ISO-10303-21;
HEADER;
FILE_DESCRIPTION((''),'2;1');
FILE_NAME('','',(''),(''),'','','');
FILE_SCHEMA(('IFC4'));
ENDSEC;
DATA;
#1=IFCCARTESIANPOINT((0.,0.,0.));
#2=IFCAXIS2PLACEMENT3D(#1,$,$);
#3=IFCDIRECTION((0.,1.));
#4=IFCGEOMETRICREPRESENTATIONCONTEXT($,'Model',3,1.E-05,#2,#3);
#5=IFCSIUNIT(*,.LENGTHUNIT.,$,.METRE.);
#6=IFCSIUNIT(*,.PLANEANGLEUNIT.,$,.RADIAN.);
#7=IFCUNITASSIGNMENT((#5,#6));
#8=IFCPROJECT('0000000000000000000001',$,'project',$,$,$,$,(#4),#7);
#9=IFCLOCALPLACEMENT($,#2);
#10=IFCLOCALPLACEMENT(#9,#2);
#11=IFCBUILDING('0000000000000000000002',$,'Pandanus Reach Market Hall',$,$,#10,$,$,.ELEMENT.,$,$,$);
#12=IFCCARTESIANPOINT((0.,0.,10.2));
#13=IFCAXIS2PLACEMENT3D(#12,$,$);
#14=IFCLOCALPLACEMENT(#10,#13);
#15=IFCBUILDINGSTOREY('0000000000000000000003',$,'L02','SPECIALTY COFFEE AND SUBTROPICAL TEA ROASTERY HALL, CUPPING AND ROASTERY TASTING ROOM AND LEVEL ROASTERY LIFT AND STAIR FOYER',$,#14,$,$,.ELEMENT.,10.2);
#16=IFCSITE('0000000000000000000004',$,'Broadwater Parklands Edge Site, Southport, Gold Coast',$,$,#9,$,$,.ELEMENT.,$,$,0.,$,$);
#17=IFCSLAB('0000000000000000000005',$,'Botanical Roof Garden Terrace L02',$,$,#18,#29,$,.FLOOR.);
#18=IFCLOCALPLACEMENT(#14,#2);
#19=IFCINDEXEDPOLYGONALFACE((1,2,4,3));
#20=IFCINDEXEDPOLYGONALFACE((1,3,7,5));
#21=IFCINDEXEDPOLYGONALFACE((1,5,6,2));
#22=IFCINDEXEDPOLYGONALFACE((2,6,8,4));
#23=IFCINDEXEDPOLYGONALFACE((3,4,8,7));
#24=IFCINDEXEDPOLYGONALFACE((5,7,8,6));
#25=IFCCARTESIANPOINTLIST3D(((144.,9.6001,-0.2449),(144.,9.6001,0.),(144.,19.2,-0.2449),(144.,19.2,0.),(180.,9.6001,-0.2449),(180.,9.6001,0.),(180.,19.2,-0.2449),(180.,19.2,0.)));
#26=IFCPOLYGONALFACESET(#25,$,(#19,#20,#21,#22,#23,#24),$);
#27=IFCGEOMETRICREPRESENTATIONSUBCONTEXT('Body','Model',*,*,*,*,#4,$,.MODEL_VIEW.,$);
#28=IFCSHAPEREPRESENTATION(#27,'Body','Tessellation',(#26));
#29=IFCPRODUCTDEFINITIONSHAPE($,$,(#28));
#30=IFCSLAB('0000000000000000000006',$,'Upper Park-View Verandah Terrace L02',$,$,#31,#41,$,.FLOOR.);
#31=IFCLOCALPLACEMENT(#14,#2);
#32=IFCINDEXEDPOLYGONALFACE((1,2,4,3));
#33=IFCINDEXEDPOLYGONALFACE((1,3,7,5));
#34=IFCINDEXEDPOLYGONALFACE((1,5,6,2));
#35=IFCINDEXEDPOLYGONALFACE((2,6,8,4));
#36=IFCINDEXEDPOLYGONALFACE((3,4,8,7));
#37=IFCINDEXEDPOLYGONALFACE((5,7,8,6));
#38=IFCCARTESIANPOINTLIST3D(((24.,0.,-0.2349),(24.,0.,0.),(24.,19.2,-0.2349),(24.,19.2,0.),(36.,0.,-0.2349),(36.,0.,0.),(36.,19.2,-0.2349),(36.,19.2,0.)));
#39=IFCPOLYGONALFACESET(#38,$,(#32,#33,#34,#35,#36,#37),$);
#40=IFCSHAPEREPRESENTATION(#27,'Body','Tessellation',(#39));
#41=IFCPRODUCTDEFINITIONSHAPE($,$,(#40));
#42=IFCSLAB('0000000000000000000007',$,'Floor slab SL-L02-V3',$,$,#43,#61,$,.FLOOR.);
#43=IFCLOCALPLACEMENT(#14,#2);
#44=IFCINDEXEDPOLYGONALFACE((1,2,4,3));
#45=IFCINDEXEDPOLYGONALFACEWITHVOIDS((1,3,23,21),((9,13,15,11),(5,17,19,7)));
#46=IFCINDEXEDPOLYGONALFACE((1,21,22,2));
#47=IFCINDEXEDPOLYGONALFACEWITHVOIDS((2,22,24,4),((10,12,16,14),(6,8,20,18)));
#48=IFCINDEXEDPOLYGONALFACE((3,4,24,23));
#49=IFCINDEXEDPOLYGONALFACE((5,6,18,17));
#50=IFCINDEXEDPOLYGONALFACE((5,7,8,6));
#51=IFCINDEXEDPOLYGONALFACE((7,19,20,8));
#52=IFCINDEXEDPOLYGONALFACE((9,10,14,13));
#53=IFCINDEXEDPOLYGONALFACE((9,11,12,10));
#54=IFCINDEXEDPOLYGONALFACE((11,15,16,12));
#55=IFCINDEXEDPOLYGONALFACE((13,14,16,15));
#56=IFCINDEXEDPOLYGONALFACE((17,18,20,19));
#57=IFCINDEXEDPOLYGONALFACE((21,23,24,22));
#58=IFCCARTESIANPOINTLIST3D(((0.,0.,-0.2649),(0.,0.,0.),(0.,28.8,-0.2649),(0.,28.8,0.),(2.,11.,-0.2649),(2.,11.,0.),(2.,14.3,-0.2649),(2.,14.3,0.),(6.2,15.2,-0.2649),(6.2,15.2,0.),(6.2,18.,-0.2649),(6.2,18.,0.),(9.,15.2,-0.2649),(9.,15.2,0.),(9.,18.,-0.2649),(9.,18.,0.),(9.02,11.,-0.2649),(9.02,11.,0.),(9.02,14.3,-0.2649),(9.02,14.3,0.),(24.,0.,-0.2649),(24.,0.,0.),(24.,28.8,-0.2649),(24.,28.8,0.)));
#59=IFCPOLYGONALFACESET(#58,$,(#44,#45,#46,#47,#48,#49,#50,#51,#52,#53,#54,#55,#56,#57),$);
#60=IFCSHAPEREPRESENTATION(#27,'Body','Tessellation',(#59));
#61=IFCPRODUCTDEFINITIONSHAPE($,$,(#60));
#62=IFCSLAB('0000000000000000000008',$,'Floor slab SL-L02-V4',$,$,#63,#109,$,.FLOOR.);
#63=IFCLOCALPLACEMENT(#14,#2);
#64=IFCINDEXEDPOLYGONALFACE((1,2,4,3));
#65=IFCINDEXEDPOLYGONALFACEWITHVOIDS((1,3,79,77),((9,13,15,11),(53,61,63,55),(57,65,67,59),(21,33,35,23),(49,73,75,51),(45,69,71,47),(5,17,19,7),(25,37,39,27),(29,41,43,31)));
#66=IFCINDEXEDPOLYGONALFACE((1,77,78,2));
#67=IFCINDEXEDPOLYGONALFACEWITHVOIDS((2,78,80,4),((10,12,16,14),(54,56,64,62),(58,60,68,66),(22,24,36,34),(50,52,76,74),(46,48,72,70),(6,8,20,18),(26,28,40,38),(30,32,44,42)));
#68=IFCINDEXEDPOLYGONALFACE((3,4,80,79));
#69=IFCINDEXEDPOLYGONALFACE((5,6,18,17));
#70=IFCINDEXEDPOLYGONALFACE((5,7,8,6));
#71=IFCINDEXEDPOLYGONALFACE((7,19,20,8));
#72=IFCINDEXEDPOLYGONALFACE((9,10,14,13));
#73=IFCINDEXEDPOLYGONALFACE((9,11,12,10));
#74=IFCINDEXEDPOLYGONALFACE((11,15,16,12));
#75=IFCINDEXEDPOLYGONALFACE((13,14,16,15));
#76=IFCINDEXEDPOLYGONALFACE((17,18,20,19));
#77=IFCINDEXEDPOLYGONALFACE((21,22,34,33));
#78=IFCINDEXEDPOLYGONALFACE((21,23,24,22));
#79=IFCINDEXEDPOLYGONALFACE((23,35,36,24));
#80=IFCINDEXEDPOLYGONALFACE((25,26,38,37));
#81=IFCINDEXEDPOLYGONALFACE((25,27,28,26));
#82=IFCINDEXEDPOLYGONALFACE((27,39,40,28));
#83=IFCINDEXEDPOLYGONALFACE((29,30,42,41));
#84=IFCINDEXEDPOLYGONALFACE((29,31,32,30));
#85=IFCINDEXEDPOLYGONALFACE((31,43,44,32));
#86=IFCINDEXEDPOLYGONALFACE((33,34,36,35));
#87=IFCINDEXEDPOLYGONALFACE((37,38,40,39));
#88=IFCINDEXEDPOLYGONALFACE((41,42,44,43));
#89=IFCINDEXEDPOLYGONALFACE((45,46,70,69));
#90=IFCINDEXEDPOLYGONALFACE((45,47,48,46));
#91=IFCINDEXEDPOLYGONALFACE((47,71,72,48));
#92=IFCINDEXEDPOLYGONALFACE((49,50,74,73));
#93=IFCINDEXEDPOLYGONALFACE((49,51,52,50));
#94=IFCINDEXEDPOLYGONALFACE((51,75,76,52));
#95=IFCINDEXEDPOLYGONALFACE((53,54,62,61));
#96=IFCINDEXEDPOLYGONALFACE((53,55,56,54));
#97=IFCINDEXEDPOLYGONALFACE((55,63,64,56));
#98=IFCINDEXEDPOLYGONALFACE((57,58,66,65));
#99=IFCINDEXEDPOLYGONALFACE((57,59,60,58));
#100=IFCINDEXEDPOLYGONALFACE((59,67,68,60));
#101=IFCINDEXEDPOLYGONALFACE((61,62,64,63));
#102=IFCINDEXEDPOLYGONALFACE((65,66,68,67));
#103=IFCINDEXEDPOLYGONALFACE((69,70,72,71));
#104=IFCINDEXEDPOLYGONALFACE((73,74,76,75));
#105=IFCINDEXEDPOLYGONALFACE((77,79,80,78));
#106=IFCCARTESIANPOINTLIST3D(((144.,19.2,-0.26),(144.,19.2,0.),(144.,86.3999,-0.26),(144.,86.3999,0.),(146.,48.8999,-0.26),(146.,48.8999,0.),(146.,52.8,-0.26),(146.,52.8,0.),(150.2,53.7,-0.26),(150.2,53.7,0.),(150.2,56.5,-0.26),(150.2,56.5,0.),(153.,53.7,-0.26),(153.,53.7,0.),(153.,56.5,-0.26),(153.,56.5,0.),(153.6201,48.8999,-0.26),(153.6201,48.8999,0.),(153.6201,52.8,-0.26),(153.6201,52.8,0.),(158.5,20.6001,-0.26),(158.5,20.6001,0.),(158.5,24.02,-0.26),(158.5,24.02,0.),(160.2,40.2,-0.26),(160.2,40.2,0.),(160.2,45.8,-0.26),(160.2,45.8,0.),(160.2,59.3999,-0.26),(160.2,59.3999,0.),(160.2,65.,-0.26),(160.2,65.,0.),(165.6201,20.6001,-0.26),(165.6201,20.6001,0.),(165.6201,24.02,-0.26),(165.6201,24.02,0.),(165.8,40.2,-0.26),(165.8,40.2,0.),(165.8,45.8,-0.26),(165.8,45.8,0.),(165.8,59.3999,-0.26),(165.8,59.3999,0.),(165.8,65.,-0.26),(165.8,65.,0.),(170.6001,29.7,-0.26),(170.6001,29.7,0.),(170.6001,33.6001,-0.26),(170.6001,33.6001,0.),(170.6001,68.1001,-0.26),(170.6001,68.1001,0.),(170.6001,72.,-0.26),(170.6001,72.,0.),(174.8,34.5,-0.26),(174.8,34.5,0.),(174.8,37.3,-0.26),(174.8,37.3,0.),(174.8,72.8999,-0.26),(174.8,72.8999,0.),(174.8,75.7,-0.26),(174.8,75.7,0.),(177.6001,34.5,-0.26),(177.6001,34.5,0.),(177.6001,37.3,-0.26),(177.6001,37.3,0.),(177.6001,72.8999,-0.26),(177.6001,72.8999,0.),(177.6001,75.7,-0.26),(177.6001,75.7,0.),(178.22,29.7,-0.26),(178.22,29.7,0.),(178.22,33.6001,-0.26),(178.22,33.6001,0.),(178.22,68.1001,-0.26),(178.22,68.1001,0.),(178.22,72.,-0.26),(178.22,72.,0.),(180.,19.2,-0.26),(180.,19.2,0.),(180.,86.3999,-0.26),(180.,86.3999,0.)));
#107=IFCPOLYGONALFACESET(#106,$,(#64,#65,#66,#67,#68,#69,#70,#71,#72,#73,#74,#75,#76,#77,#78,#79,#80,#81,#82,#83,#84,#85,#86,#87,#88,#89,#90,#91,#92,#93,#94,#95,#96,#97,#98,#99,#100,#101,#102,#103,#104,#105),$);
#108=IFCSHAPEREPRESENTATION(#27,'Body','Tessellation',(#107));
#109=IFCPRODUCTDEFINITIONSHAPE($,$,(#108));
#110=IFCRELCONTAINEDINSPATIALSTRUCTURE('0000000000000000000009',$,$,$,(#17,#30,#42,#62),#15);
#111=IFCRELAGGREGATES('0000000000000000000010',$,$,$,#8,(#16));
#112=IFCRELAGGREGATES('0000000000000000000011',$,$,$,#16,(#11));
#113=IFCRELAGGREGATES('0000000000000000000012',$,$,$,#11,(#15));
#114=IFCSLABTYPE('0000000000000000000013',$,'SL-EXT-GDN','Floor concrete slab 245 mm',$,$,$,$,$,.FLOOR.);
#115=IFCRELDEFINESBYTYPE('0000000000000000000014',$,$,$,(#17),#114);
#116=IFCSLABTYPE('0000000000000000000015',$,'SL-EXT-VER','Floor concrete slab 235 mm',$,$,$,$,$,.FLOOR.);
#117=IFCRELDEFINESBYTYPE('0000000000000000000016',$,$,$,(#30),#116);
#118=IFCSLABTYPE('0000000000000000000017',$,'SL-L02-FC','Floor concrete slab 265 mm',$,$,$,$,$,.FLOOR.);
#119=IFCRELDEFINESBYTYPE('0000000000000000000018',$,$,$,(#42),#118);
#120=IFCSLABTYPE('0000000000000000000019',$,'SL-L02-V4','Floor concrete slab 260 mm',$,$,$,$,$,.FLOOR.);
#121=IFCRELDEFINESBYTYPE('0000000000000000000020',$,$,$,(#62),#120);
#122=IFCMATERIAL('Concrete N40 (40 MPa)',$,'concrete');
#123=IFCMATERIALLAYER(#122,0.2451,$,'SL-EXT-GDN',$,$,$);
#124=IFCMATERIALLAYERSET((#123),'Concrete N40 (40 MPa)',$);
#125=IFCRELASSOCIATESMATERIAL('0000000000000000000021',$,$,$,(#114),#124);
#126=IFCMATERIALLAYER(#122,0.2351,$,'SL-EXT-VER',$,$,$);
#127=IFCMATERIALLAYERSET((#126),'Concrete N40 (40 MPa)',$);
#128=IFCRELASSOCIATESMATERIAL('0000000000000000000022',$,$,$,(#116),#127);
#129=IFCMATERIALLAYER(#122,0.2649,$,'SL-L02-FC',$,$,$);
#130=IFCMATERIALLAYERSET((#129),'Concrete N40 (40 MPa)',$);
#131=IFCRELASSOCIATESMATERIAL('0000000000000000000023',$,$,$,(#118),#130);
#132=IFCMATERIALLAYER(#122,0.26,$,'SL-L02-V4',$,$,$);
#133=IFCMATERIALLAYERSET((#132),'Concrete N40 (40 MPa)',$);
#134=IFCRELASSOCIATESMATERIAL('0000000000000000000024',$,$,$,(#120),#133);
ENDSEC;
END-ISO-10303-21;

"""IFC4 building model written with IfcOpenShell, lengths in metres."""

from ifc_helpers import new_model, si_unit, direction, frame, origin, place, context, subcontext, project, spatial, polyline, outline, extrude, material, layer, layer_set, type_object, element, save


model = new_model("IFC4")

# Units and contexts
model_context = context("Model", 3, precision=1e-05, world=origin(), true_north=direction((0.0, 1.0)))
body_context = subcontext(model_context, "Body", "Model", "MODEL_VIEW")
ifc_project = project(units=[si_unit("LENGTHUNIT", "METRE"), si_unit("PLANEANGLEUNIT", "RADIAN")], contexts=[model_context])

# Site, building, storey
site_placement = place(None, origin())
site = spatial("IfcSite", under=ifc_project, at=site_placement, Name="Broadwater Parklands Edge Site, Southport, Gold Coast", CompositionType="ELEMENT", RefElevation=0.0)
building_placement = place(site_placement, origin())
building = spatial("IfcBuilding", under=site, at=building_placement, Name="Pandanus Reach Market Hall", CompositionType="ELEMENT")
storey_placement = place(building_placement, frame((0.0, 0.0, 10.2)))
storey = spatial("IfcBuildingStorey", under=building, at=storey_placement, Name="L02", Description="SPECIALTY COFFEE AND SUBTROPICAL TEA ROASTERY HALL, CUPPING AND ROASTERY TASTING ROOM AND LEVEL ROASTERY LIFT AND STAIR FOYER", CompositionType="ELEMENT", Elevation=10.2)

# Shared definitions
ifc_material_1 = material(Name="Concrete N40 (40 MPa)", Category="concrete")

# Slabs
ifc_layer_1 = layer(ifc_material_1, 0.2451, Name="SL-EXT-GDN")
ifc_layer_set_1 = layer_set([ifc_layer_1], Name="Concrete N40 (40 MPa)")
slab_type_1 = type_object("IfcSlabType", Name="SL-EXT-GDN", Description="Floor concrete slab 245 mm", PredefinedType="FLOOR", material=ifc_layer_set_1)
slab_1_placement = place(storey_placement, frame((0.0, 0.0, -0.2449)))
element("IfcSlab", 1, at=slab_1_placement, inside=storey, type_object=slab_type_1, Name="Botanical Roof Garden Terrace L02", PredefinedType="FLOOR", context=body_context, shape_type="SweptSolid", body=[
    extrude(outline(polyline([(144.0, 9.6001), (180.0, 9.6001), (180.0, 19.2), (144.0, 19.2), (144.0, 9.6001)])), origin(), (0.0, 0.0, 1.0), 0.2449),
])
ifc_layer_2 = layer(ifc_material_1, 0.2351, Name="SL-EXT-VER")
ifc_layer_set_2 = layer_set([ifc_layer_2], Name="Concrete N40 (40 MPa)")
slab_type_2 = type_object("IfcSlabType", Name="SL-EXT-VER", Description="Floor concrete slab 235 mm", PredefinedType="FLOOR", material=ifc_layer_set_2)
slab_2_placement = place(storey_placement, frame((0.0, 0.0, -0.2349)))
element("IfcSlab", 2, at=slab_2_placement, inside=storey, type_object=slab_type_2, Name="Upper Park-View Verandah Terrace L02", PredefinedType="FLOOR", context=body_context, shape_type="SweptSolid", body=[
    extrude(outline(polyline([(24.0, 0.0), (36.0, 0.0), (36.0, 19.2), (24.0, 19.2), (24.0, 0.0)])), origin(), (0.0, 0.0, 1.0), 0.2349),
])
ifc_layer_3 = layer(ifc_material_1, 0.2649, Name="SL-L02-FC")
ifc_layer_set_3 = layer_set([ifc_layer_3], Name="Concrete N40 (40 MPa)")
slab_type_3 = type_object("IfcSlabType", Name="SL-L02-FC", Description="Floor concrete slab 265 mm", PredefinedType="FLOOR", material=ifc_layer_set_3)
slab_3_placement = place(storey_placement, frame((0.0, 0.0, -0.2649)))
element("IfcSlab", 3, at=slab_3_placement, inside=storey, type_object=slab_type_3, Name="Floor slab SL-L02-V3", PredefinedType="FLOOR", context=body_context, shape_type="SweptSolid", body=[
    extrude(outline(polyline([(0.0, 0.0), (24.0, 0.0), (24.0, 28.8), (0.0, 28.8), (0.0, 0.0)]), holes=[polyline([(2.0, 11.0), (9.02, 11.0), (9.02, 14.3), (2.0, 14.3), (2.0, 11.0)]), polyline([(6.2, 15.2), (9.0, 15.2), (9.0, 18.0), (6.2, 18.0), (6.2, 15.2)])]), origin(), (0.0, 0.0, 1.0), 0.2649),
])
ifc_layer_4 = layer(ifc_material_1, 0.26, Name="SL-L02-V4")
ifc_layer_set_4 = layer_set([ifc_layer_4], Name="Concrete N40 (40 MPa)")
slab_type_4 = type_object("IfcSlabType", Name="SL-L02-V4", Description="Floor concrete slab 260 mm", PredefinedType="FLOOR", material=ifc_layer_set_4)
slab_4_placement = place(storey_placement, frame((0.0, 0.0, -0.26)))
element("IfcSlab", 4, at=slab_4_placement, inside=storey, type_object=slab_type_4, Name="Floor slab SL-L02-V4", PredefinedType="FLOOR", context=body_context, shape_type="SweptSolid", body=[
    extrude(outline(polyline([(144.0, 19.2), (180.0, 19.2), (180.0, 86.3999), (144.0, 86.3999), (144.0, 19.2)]), holes=[polyline([(170.6001, 29.7), (178.22, 29.7), (178.22, 33.6001), (170.6001, 33.6001), (170.6001, 29.7)]), polyline([(174.8, 34.5), (177.6001, 34.5), (177.6001, 37.3), (174.8, 37.3), (174.8, 34.5)]), polyline([(170.6001, 68.1001), (178.22, 68.1001), (178.22, 72.0), (170.6001, 72.0), (170.6001, 68.1001)]), polyline([(174.8, 72.8999), (177.6001, 72.8999), (177.6001, 75.7), (174.8, 75.7), (174.8, 72.8999)]), polyline([(146.0, 48.8999), (153.6201, 48.8999), (153.6201, 52.8), (146.0, 52.8), (146.0, 48.8999)]), polyline([(150.2, 53.7), (153.0, 53.7), (153.0, 56.5), (150.2, 56.5), (150.2, 53.7)]), polyline([(158.5, 20.6001), (165.6201, 20.6001), (165.6201, 24.02), (158.5, 24.02), (158.5, 20.6001)]), polyline([(160.2, 40.2), (165.8, 40.2), (165.8, 45.8), (160.2, 45.8), (160.2, 40.2)]), polyline([(160.2, 59.3999), (165.8, 59.3999), (165.8, 65.0), (160.2, 65.0), (160.2, 59.3999)])]), origin(), (0.0, 0.0, 1.0), 0.26),
])

save(model, "model.ifc")
